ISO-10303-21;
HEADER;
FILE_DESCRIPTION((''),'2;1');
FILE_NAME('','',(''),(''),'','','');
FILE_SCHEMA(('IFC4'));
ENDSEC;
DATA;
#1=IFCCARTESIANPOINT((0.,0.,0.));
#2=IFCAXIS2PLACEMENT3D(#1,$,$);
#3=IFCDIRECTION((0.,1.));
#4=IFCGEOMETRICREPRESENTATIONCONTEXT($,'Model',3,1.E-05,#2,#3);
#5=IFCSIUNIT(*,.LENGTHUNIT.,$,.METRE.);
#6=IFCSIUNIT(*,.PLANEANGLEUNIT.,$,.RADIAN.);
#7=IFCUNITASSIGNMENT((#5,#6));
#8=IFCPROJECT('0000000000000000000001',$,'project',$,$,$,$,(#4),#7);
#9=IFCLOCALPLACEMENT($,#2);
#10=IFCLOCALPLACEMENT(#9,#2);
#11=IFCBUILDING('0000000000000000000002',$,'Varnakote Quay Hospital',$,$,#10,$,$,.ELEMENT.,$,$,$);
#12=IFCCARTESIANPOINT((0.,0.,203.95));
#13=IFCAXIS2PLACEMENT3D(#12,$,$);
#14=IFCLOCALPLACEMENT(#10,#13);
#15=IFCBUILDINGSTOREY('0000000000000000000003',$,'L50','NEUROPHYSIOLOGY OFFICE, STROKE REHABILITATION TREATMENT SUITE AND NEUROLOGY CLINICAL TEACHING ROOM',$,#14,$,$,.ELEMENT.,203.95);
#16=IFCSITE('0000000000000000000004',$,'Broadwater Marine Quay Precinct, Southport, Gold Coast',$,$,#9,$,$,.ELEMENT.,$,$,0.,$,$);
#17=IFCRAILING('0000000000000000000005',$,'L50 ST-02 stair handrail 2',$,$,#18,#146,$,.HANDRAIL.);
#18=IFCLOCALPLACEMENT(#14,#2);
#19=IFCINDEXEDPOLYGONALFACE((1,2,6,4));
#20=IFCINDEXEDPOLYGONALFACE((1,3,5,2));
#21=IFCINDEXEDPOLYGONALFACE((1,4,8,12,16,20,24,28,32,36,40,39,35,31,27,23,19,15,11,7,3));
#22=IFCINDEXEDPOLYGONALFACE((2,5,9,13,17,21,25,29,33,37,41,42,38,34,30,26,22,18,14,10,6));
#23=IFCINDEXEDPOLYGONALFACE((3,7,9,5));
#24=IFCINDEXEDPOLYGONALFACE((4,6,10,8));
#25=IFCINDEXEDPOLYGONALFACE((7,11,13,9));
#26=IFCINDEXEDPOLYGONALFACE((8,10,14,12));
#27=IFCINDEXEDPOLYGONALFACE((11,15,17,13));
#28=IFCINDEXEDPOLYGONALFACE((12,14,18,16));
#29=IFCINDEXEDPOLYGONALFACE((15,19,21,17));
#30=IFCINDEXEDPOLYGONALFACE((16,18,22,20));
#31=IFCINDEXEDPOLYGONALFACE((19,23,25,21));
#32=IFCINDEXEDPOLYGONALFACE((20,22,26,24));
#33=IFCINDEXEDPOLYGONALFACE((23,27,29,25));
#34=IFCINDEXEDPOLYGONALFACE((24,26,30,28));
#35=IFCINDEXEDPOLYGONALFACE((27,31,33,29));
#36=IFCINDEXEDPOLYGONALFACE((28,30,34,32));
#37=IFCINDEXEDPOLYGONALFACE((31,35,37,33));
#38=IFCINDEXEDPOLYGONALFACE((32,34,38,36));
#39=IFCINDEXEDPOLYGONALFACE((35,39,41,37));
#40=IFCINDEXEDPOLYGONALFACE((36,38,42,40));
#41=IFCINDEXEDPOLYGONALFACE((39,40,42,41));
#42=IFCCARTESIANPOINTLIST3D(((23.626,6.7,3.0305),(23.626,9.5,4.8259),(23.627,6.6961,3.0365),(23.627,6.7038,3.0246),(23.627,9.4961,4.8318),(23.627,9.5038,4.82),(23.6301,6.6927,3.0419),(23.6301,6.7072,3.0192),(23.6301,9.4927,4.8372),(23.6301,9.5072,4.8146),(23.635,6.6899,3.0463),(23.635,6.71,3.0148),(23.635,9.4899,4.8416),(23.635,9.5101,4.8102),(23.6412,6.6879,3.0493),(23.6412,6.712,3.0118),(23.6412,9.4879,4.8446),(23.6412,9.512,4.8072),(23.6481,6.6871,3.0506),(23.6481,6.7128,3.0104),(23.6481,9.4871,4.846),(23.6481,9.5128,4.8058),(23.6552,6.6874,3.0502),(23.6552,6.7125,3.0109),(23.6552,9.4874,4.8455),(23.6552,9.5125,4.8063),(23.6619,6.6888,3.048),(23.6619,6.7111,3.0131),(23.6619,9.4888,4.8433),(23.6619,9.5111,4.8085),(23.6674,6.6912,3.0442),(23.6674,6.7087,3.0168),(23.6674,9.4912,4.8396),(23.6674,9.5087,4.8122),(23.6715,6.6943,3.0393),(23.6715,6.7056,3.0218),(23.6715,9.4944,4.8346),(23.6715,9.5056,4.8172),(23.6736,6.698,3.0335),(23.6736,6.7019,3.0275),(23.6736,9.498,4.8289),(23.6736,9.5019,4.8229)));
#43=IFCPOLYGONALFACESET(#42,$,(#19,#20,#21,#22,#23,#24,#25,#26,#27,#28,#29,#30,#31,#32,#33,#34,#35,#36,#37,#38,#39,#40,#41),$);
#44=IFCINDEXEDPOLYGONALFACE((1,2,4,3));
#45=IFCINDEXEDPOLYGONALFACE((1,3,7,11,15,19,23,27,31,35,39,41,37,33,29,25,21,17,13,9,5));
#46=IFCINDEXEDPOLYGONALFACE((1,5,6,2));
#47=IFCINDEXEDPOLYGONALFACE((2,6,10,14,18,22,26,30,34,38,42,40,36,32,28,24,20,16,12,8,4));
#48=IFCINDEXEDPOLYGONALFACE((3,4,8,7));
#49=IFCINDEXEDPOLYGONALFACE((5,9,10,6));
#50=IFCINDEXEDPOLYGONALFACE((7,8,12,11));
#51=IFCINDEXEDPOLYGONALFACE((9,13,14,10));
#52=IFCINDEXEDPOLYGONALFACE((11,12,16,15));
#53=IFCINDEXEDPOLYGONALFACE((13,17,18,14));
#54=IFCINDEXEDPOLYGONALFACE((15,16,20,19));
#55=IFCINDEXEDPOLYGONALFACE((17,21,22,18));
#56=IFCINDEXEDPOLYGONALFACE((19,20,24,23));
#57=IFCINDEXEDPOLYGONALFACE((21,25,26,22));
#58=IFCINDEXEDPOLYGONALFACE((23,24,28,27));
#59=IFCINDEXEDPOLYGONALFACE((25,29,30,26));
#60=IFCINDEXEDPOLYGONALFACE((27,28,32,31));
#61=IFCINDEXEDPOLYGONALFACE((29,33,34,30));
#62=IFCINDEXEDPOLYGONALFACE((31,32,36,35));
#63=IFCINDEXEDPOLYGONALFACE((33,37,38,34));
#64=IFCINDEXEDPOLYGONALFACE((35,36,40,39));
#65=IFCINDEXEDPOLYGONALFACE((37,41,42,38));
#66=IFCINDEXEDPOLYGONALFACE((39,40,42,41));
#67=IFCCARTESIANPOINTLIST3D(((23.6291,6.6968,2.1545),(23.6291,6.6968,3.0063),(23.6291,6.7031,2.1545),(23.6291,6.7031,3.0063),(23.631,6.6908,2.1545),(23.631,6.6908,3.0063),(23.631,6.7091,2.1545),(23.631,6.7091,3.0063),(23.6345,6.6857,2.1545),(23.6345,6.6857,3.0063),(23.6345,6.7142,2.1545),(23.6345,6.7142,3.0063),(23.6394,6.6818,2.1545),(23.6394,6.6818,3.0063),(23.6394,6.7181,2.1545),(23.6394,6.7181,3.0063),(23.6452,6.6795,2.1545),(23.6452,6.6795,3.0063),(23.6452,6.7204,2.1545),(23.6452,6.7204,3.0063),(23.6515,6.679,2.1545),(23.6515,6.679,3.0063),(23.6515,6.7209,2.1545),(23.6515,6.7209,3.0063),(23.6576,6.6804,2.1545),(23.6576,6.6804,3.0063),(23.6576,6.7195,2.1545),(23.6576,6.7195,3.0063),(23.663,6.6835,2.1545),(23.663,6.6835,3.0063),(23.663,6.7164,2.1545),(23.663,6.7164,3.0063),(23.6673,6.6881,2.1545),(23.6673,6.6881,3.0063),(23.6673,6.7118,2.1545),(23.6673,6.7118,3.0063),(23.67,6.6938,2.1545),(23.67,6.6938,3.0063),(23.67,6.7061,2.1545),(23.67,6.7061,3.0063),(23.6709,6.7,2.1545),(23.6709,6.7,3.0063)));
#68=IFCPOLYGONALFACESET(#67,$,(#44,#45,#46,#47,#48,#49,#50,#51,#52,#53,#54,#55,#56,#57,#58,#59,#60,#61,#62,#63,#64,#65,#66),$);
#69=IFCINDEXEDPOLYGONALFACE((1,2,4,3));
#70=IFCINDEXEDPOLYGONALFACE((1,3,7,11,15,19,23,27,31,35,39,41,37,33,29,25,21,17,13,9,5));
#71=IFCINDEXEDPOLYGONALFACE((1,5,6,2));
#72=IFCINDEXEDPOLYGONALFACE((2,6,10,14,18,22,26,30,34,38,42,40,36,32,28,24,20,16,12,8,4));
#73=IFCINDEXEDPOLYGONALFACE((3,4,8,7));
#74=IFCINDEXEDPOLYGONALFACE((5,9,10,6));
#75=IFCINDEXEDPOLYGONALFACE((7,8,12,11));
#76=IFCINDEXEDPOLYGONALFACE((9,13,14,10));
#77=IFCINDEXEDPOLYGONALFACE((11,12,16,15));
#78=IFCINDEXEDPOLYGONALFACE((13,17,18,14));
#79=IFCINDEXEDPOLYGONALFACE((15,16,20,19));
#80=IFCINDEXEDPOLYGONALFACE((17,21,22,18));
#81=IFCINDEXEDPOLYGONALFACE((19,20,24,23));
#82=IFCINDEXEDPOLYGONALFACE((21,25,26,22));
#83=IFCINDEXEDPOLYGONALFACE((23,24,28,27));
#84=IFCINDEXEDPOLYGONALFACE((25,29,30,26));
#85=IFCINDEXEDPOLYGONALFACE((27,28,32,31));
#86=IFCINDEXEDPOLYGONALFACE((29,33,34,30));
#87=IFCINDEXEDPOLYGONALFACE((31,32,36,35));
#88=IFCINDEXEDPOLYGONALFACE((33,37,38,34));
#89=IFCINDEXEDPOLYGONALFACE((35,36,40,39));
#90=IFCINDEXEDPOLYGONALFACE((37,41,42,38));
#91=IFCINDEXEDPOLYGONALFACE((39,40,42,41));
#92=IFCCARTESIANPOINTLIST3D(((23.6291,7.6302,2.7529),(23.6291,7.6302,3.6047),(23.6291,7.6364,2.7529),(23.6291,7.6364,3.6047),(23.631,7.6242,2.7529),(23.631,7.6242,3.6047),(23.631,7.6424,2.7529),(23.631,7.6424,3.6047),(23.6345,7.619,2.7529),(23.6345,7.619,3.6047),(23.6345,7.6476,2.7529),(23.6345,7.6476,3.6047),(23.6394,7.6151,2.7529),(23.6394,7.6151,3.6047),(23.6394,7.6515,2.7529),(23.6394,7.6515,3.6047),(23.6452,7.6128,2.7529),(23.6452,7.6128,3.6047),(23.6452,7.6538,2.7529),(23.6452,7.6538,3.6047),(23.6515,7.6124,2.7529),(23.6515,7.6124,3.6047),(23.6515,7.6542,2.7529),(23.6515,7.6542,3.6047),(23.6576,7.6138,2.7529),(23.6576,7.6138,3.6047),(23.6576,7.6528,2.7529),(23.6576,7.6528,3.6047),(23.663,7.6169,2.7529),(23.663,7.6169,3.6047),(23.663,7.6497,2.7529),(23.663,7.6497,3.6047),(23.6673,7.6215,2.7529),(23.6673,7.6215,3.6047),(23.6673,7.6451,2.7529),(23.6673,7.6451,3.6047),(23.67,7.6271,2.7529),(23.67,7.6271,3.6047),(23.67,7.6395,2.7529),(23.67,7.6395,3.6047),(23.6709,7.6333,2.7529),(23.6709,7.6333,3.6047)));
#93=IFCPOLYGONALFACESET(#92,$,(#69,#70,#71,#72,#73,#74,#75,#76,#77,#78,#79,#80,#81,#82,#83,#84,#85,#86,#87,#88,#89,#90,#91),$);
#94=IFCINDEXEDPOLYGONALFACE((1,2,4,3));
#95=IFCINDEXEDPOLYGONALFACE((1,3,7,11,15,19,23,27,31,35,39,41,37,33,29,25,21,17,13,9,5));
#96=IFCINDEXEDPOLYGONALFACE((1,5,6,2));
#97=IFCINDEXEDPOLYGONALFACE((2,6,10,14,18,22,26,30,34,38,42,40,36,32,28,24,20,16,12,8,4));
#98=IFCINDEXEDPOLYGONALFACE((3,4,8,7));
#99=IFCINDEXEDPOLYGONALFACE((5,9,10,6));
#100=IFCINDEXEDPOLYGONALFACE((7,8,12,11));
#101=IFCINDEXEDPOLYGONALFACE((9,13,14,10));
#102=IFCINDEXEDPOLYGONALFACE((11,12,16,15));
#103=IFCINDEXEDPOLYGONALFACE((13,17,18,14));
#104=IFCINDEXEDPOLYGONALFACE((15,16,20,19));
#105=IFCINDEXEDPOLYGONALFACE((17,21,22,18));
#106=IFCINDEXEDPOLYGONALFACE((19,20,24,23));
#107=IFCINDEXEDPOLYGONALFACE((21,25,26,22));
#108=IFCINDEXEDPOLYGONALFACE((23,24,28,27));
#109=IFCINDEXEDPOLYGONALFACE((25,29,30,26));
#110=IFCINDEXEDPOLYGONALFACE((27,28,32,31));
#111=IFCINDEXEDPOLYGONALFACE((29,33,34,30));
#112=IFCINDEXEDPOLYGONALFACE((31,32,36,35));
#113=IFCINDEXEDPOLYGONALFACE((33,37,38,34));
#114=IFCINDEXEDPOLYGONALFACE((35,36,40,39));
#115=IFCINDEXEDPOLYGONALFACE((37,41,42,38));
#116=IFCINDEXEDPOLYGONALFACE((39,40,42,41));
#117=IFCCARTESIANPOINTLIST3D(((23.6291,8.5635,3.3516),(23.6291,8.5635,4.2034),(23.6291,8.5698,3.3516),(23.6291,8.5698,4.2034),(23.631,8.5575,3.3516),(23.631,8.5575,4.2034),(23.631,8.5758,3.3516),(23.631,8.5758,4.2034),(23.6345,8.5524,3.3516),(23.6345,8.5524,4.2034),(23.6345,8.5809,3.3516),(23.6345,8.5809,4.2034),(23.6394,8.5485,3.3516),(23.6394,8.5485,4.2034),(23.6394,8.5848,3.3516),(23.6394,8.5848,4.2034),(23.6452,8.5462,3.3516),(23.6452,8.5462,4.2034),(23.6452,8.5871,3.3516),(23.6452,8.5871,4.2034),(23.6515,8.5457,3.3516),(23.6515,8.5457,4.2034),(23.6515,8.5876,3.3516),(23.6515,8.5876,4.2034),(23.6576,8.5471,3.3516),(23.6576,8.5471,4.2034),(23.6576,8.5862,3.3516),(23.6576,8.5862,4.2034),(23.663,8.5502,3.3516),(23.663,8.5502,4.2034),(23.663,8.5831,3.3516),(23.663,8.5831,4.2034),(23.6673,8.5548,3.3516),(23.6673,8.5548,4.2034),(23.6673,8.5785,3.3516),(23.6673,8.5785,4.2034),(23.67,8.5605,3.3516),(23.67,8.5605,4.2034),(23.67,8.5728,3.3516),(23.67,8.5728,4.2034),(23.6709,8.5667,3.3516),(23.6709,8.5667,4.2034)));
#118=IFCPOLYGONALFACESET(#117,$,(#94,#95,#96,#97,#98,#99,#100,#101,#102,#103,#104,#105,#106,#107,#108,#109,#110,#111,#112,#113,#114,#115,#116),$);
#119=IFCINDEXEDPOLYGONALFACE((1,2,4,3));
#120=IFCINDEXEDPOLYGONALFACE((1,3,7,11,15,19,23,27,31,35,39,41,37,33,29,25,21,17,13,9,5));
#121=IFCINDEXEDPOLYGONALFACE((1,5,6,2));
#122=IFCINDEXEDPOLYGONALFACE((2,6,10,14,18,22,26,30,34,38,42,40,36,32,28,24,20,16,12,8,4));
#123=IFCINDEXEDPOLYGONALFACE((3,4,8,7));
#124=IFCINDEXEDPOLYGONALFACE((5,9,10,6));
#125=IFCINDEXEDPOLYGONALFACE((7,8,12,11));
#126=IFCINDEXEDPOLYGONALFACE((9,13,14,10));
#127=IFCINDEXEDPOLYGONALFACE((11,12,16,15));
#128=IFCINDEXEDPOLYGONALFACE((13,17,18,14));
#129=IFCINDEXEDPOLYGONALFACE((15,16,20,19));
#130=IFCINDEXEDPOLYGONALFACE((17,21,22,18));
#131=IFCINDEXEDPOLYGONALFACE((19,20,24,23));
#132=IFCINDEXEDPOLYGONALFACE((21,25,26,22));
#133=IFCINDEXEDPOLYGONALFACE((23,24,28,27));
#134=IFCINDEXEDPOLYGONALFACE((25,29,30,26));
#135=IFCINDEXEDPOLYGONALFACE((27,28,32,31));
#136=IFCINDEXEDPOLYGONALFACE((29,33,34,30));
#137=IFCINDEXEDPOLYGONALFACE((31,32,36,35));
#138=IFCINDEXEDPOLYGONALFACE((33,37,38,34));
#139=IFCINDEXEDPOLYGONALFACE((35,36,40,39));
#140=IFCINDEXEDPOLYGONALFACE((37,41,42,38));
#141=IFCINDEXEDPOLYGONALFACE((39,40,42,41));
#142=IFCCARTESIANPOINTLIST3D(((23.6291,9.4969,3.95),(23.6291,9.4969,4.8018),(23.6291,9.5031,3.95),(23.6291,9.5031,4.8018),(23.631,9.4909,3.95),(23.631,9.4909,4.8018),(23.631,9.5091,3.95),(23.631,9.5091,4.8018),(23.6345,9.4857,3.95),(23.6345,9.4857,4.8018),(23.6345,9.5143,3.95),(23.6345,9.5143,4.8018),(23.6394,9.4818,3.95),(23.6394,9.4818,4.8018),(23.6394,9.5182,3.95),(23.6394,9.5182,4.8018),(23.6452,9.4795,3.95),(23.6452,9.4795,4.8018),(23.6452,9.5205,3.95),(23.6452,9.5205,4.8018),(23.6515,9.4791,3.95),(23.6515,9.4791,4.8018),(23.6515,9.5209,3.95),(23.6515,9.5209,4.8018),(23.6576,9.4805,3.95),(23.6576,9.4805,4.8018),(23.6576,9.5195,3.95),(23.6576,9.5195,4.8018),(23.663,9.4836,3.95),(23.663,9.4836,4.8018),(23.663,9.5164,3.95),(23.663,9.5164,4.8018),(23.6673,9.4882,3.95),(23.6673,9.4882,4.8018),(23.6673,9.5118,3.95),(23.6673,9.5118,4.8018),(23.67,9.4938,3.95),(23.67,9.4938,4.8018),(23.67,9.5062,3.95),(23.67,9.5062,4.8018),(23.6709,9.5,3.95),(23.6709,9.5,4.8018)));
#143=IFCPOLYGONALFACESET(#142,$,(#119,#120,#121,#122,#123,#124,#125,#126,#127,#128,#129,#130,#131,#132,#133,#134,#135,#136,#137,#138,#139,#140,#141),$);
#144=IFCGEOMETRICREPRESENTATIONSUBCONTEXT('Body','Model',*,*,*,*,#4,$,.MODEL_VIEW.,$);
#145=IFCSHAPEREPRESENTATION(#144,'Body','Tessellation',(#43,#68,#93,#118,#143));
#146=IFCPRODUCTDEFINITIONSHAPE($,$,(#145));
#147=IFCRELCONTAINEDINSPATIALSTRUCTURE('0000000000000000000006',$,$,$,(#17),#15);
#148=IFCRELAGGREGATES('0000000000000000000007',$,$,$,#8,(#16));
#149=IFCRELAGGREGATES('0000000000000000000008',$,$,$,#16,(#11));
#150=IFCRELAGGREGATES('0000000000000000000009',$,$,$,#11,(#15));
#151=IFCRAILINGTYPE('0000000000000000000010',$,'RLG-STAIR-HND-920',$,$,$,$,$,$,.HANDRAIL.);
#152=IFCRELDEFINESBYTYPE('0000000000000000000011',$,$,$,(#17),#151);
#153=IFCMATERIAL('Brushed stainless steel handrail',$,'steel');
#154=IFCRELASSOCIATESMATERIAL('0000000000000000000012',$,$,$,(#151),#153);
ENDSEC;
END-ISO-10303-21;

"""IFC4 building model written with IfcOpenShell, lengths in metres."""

from ifc_helpers import new_model, si_unit, direction, frame, origin, origin_2d, place, context, subcontext, project, spatial, circle, extrude, material, type_object, element, save


model = new_model("IFC4")

# Units and contexts
model_context = context("Model", 3, precision=1e-05, world=origin(), true_north=direction((0.0, 1.0)))
body_context = subcontext(model_context, "Body", "Model", "MODEL_VIEW")
ifc_project = project(units=[si_unit("LENGTHUNIT", "METRE"), si_unit("PLANEANGLEUNIT", "RADIAN")], contexts=[model_context])

# Site, building, storey
site_placement = place(None, origin())
site = spatial("IfcSite", under=ifc_project, at=site_placement, Name="Broadwater Marine Quay Precinct, Southport, Gold Coast", CompositionType="ELEMENT", RefElevation=0.0)
building_placement = place(site_placement, origin())
building = spatial("IfcBuilding", under=site, at=building_placement, Name="Varnakote Quay Hospital", CompositionType="ELEMENT")
storey_placement = place(building_placement, frame((0.0, 0.0, 203.95)))
storey = spatial("IfcBuildingStorey", under=building, at=storey_placement, Name="L50", Description="NEUROPHYSIOLOGY OFFICE, STROKE REHABILITATION TREATMENT SUITE AND NEUROLOGY CLINICAL TEACHING ROOM", CompositionType="ELEMENT", Elevation=203.95)

# Railing
ifc_material_1 = material(Name="Brushed stainless steel handrail", Category="steel")
railing_type_1 = type_object("IfcRailingType", Name="RLG-STAIR-HND-920", PredefinedType="HANDRAIL", material=ifc_material_1)
railing_1_placement = place(storey_placement, frame((23.6499, 6.7, 2.1545)))
element("IfcRailing", 1, at=railing_1_placement, inside=storey, type_object=railing_type_1, Name="L50 ST-02 stair handrail 2", PredefinedType="HANDRAIL", context=body_context, shape_type="SweptSolid", body=[
    extrude(circle(Radius=0.0239, at=origin_2d()), frame((0.0, 0.0, 0.876), z_axis=(0.0, 0.84181, 0.539774), x_axis=(-1.0, 0.0, 0.0)), (0.0, 0.0, 1.0), 3.3262),
    extrude(circle(Radius=0.021, at=origin_2d()), origin(), (0.0, 0.0, 1.0), 0.8518),
    extrude(circle(Radius=0.021, at=origin_2d()), frame((0.0, 0.9333, 0.5984)), (0.0, 0.0, 1.0), 0.8518),
    extrude(circle(Radius=0.021, at=origin_2d()), frame((0.0, 1.8667, 1.197)), (0.0, 0.0, 1.0), 0.8518),
    extrude(circle(Radius=0.021, at=origin_2d()), frame((0.0, 2.8, 1.7954)), (0.0, 0.0, 1.0), 0.8518),
])

save(model, "model.ifc")
